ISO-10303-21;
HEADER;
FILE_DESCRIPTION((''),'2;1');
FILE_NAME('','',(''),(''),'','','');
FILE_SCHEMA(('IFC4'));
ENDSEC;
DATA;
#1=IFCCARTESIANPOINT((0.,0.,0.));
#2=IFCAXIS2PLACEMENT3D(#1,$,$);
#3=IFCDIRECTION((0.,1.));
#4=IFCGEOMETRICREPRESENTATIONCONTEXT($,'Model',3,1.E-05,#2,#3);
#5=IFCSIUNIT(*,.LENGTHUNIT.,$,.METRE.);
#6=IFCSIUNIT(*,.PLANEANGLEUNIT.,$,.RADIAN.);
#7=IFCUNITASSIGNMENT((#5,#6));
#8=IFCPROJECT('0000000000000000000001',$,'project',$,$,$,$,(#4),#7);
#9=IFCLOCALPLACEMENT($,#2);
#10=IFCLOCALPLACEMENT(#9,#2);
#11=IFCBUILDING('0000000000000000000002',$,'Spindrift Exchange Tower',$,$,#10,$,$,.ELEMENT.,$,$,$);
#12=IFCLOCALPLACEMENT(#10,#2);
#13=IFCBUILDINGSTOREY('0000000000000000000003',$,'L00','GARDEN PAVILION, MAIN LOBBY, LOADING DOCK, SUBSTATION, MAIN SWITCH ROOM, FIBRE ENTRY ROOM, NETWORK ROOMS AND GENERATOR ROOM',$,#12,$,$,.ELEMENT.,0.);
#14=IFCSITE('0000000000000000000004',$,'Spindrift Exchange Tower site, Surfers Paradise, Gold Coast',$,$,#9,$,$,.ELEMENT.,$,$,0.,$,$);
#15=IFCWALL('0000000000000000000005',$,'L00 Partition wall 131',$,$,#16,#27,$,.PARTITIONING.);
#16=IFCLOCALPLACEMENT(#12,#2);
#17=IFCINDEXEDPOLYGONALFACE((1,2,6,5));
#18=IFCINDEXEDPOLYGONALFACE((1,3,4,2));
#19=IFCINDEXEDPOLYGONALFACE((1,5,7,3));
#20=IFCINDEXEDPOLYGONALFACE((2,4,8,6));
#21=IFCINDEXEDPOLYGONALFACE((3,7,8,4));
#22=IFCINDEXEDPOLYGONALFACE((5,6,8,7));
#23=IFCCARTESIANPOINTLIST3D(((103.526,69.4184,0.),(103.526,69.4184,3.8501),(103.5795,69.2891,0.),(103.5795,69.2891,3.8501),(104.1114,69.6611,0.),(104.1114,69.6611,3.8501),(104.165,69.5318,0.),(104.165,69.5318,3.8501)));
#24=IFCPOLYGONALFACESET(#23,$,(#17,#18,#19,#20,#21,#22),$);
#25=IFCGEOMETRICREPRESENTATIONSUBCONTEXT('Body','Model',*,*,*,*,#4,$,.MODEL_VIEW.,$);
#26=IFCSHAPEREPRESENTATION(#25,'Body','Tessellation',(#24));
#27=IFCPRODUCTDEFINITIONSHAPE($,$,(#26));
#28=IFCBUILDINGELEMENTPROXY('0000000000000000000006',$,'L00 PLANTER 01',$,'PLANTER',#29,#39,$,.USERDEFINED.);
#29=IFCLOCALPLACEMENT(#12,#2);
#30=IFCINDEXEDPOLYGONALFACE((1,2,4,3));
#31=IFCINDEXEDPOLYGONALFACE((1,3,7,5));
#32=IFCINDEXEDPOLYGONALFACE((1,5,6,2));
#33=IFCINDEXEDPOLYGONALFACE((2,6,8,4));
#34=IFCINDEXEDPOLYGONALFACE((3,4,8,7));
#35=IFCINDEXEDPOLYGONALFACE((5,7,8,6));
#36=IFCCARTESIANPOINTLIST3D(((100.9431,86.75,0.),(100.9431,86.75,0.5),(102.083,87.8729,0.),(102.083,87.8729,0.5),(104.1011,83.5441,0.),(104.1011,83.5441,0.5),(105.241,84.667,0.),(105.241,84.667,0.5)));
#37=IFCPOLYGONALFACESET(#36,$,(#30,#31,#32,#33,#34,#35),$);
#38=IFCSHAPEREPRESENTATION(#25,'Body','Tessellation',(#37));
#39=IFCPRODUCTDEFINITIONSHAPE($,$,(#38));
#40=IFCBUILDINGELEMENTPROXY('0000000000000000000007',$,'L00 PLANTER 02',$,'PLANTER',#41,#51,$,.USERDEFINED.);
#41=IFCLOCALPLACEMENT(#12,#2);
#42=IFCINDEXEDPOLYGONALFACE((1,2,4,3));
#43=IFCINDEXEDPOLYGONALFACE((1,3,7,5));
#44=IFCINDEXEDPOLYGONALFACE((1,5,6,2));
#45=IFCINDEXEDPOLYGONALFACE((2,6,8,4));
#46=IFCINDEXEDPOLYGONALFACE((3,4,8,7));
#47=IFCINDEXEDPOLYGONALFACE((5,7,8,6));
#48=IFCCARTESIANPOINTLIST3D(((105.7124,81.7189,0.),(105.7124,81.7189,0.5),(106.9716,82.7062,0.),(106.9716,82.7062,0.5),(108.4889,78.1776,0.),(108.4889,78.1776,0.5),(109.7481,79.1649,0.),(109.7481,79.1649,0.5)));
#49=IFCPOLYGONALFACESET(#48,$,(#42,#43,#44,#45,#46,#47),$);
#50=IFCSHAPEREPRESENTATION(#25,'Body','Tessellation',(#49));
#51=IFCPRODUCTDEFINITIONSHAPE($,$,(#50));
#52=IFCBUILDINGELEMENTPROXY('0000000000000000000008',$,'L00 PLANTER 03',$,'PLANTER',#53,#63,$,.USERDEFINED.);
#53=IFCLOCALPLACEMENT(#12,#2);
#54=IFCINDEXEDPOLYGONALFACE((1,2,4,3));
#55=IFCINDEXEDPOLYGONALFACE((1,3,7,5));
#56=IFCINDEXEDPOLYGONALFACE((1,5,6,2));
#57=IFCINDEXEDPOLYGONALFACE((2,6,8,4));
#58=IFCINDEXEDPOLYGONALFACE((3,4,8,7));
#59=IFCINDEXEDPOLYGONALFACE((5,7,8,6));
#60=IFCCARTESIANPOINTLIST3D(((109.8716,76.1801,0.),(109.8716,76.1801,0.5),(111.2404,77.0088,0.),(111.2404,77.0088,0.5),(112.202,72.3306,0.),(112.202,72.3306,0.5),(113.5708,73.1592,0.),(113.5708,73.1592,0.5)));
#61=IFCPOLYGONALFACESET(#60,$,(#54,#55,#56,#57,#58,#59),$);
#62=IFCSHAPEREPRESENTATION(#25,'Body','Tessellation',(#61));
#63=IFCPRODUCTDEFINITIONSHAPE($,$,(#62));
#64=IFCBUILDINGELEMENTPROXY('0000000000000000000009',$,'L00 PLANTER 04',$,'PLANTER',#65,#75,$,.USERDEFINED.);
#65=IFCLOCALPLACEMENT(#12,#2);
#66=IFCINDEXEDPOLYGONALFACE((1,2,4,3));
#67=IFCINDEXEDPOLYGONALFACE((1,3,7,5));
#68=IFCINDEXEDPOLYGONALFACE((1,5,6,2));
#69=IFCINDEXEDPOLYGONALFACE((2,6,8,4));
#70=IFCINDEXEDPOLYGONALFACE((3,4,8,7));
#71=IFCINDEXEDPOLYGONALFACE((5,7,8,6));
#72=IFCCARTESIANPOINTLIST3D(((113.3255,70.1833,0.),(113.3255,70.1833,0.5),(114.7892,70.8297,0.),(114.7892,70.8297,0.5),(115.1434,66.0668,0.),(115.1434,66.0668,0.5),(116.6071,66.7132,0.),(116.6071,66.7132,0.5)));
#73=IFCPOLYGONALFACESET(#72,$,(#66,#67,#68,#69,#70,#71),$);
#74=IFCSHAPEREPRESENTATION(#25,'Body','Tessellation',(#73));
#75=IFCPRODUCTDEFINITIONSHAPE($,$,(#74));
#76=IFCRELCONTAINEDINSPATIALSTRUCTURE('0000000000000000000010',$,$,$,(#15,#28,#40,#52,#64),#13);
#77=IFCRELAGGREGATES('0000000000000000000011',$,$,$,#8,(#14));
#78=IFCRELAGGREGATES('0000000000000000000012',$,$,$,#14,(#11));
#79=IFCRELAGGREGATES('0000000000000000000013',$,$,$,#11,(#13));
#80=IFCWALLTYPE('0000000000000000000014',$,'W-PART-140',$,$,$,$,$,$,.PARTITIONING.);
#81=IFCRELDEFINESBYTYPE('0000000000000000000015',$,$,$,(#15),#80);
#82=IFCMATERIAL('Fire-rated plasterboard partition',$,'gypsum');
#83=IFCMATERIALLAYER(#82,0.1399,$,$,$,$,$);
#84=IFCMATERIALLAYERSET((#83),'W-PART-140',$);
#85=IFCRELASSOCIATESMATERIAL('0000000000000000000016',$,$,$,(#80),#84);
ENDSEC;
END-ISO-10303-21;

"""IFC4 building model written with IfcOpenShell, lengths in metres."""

from ifc_helpers import new_model, si_unit, direction, frame, frame_2d, origin, origin_2d, place, context, subcontext, project, spatial, rectangle, extrude, source, transform, mapped, material, layer, layer_set, type_object, element, save


model = new_model("IFC4")

# Units and contexts
model_context = context("Model", 3, precision=1e-05, world=origin(), true_north=direction((0.0, 1.0)))
body_context = subcontext(model_context, "Body", "Model", "MODEL_VIEW")
ifc_project = project(units=[si_unit("LENGTHUNIT", "METRE"), si_unit("PLANEANGLEUNIT", "RADIAN")], contexts=[model_context])

# Site, building, storey
site_placement = place(None, origin())
site = spatial("IfcSite", under=ifc_project, at=site_placement, Name="Spindrift Exchange Tower site, Surfers Paradise, Gold Coast", CompositionType="ELEMENT", RefElevation=0.0)
building_placement = place(site_placement, origin())
building = spatial("IfcBuilding", under=site, at=building_placement, Name="Spindrift Exchange Tower", CompositionType="ELEMENT")
storey_placement = place(building_placement, origin())
storey = spatial("IfcBuildingStorey", under=building, at=storey_placement, Name="L00", Description="GARDEN PAVILION, MAIN LOBBY, LOADING DOCK, SUBSTATION, MAIN SWITCH ROOM, FIBRE ENTRY ROOM, NETWORK ROOMS AND GENERATOR ROOM", CompositionType="ELEMENT", Elevation=0.0)

# Wall
ifc_material_1 = material(Name="Fire-rated plasterboard partition", Category="gypsum")
ifc_layer_1 = layer(ifc_material_1, 0.1399)
ifc_layer_set_1 = layer_set([ifc_layer_1], Name="W-PART-140")
wall_type_1 = type_object("IfcWallType", Name="W-PART-140", PredefinedType="PARTITIONING", material=ifc_layer_set_1)
wall_1_placement = place(storey_placement, frame((103.5527, 69.3538, 0.0), z_axis=(0.0, 0.0, 1.0), x_axis=(0.923782, 0.382919, 0.0)))
element("IfcWall", 1, at=wall_1_placement, inside=storey, type_object=wall_type_1, Name="L00 Partition wall 131", PredefinedType="PARTITIONING", context=body_context, shape_type="SweptSolid", body=[
    extrude(rectangle(XDim=0.6338, YDim=0.1399, at=frame_2d((0.3169, 0.0))), origin(), (0.0, 0.0, 1.0), 3.8501),
])

# Building element proxies
shared_shape_1 = source(origin(), body_context, "Body", "SweptSolid", [
    extrude(rectangle(XDim=4.5, YDim=1.6001, at=origin_2d()), origin(), (0.0, 0.0, 1.0), 0.5),
])
for number, where, z_axis, x_axis, name in (
    (2, (103.092, 85.7085, 0.0), (0.0, 0.0, 1.0), (0.70177, -0.712403, 0.0), "L00 PLANTER 01"),
    (3, (107.7302, 80.4419, 0.0), (0.0, 0.0, 1.0), (0.617003, -0.786961, 0.0), "L00 PLANTER 02"),
    (4, (111.7212, 74.6697, 0.0), (0.0, 0.0, 1.0), (0.517867, -0.855461, 0.0), "L00 PLANTER 03"),
    (5, (114.9663, 68.4482, 0.0), (0.0, 0.0, 1.0), (0.403968, -0.914773, 0.0), "L00 PLANTER 04"),
):
    element("IfcBuildingElementProxy", number, at=place(storey_placement, frame(where, z_axis=z_axis, x_axis=x_axis)), inside=storey, Name=name, ObjectType="PLANTER", PredefinedType="USERDEFINED", context=body_context, shape_type="MappedRepresentation", body=[
        mapped(shared_shape_1, transform((0.0, 0.0, 0.0), scale=1.0)),
    ])

save(model, "model.ifc")
